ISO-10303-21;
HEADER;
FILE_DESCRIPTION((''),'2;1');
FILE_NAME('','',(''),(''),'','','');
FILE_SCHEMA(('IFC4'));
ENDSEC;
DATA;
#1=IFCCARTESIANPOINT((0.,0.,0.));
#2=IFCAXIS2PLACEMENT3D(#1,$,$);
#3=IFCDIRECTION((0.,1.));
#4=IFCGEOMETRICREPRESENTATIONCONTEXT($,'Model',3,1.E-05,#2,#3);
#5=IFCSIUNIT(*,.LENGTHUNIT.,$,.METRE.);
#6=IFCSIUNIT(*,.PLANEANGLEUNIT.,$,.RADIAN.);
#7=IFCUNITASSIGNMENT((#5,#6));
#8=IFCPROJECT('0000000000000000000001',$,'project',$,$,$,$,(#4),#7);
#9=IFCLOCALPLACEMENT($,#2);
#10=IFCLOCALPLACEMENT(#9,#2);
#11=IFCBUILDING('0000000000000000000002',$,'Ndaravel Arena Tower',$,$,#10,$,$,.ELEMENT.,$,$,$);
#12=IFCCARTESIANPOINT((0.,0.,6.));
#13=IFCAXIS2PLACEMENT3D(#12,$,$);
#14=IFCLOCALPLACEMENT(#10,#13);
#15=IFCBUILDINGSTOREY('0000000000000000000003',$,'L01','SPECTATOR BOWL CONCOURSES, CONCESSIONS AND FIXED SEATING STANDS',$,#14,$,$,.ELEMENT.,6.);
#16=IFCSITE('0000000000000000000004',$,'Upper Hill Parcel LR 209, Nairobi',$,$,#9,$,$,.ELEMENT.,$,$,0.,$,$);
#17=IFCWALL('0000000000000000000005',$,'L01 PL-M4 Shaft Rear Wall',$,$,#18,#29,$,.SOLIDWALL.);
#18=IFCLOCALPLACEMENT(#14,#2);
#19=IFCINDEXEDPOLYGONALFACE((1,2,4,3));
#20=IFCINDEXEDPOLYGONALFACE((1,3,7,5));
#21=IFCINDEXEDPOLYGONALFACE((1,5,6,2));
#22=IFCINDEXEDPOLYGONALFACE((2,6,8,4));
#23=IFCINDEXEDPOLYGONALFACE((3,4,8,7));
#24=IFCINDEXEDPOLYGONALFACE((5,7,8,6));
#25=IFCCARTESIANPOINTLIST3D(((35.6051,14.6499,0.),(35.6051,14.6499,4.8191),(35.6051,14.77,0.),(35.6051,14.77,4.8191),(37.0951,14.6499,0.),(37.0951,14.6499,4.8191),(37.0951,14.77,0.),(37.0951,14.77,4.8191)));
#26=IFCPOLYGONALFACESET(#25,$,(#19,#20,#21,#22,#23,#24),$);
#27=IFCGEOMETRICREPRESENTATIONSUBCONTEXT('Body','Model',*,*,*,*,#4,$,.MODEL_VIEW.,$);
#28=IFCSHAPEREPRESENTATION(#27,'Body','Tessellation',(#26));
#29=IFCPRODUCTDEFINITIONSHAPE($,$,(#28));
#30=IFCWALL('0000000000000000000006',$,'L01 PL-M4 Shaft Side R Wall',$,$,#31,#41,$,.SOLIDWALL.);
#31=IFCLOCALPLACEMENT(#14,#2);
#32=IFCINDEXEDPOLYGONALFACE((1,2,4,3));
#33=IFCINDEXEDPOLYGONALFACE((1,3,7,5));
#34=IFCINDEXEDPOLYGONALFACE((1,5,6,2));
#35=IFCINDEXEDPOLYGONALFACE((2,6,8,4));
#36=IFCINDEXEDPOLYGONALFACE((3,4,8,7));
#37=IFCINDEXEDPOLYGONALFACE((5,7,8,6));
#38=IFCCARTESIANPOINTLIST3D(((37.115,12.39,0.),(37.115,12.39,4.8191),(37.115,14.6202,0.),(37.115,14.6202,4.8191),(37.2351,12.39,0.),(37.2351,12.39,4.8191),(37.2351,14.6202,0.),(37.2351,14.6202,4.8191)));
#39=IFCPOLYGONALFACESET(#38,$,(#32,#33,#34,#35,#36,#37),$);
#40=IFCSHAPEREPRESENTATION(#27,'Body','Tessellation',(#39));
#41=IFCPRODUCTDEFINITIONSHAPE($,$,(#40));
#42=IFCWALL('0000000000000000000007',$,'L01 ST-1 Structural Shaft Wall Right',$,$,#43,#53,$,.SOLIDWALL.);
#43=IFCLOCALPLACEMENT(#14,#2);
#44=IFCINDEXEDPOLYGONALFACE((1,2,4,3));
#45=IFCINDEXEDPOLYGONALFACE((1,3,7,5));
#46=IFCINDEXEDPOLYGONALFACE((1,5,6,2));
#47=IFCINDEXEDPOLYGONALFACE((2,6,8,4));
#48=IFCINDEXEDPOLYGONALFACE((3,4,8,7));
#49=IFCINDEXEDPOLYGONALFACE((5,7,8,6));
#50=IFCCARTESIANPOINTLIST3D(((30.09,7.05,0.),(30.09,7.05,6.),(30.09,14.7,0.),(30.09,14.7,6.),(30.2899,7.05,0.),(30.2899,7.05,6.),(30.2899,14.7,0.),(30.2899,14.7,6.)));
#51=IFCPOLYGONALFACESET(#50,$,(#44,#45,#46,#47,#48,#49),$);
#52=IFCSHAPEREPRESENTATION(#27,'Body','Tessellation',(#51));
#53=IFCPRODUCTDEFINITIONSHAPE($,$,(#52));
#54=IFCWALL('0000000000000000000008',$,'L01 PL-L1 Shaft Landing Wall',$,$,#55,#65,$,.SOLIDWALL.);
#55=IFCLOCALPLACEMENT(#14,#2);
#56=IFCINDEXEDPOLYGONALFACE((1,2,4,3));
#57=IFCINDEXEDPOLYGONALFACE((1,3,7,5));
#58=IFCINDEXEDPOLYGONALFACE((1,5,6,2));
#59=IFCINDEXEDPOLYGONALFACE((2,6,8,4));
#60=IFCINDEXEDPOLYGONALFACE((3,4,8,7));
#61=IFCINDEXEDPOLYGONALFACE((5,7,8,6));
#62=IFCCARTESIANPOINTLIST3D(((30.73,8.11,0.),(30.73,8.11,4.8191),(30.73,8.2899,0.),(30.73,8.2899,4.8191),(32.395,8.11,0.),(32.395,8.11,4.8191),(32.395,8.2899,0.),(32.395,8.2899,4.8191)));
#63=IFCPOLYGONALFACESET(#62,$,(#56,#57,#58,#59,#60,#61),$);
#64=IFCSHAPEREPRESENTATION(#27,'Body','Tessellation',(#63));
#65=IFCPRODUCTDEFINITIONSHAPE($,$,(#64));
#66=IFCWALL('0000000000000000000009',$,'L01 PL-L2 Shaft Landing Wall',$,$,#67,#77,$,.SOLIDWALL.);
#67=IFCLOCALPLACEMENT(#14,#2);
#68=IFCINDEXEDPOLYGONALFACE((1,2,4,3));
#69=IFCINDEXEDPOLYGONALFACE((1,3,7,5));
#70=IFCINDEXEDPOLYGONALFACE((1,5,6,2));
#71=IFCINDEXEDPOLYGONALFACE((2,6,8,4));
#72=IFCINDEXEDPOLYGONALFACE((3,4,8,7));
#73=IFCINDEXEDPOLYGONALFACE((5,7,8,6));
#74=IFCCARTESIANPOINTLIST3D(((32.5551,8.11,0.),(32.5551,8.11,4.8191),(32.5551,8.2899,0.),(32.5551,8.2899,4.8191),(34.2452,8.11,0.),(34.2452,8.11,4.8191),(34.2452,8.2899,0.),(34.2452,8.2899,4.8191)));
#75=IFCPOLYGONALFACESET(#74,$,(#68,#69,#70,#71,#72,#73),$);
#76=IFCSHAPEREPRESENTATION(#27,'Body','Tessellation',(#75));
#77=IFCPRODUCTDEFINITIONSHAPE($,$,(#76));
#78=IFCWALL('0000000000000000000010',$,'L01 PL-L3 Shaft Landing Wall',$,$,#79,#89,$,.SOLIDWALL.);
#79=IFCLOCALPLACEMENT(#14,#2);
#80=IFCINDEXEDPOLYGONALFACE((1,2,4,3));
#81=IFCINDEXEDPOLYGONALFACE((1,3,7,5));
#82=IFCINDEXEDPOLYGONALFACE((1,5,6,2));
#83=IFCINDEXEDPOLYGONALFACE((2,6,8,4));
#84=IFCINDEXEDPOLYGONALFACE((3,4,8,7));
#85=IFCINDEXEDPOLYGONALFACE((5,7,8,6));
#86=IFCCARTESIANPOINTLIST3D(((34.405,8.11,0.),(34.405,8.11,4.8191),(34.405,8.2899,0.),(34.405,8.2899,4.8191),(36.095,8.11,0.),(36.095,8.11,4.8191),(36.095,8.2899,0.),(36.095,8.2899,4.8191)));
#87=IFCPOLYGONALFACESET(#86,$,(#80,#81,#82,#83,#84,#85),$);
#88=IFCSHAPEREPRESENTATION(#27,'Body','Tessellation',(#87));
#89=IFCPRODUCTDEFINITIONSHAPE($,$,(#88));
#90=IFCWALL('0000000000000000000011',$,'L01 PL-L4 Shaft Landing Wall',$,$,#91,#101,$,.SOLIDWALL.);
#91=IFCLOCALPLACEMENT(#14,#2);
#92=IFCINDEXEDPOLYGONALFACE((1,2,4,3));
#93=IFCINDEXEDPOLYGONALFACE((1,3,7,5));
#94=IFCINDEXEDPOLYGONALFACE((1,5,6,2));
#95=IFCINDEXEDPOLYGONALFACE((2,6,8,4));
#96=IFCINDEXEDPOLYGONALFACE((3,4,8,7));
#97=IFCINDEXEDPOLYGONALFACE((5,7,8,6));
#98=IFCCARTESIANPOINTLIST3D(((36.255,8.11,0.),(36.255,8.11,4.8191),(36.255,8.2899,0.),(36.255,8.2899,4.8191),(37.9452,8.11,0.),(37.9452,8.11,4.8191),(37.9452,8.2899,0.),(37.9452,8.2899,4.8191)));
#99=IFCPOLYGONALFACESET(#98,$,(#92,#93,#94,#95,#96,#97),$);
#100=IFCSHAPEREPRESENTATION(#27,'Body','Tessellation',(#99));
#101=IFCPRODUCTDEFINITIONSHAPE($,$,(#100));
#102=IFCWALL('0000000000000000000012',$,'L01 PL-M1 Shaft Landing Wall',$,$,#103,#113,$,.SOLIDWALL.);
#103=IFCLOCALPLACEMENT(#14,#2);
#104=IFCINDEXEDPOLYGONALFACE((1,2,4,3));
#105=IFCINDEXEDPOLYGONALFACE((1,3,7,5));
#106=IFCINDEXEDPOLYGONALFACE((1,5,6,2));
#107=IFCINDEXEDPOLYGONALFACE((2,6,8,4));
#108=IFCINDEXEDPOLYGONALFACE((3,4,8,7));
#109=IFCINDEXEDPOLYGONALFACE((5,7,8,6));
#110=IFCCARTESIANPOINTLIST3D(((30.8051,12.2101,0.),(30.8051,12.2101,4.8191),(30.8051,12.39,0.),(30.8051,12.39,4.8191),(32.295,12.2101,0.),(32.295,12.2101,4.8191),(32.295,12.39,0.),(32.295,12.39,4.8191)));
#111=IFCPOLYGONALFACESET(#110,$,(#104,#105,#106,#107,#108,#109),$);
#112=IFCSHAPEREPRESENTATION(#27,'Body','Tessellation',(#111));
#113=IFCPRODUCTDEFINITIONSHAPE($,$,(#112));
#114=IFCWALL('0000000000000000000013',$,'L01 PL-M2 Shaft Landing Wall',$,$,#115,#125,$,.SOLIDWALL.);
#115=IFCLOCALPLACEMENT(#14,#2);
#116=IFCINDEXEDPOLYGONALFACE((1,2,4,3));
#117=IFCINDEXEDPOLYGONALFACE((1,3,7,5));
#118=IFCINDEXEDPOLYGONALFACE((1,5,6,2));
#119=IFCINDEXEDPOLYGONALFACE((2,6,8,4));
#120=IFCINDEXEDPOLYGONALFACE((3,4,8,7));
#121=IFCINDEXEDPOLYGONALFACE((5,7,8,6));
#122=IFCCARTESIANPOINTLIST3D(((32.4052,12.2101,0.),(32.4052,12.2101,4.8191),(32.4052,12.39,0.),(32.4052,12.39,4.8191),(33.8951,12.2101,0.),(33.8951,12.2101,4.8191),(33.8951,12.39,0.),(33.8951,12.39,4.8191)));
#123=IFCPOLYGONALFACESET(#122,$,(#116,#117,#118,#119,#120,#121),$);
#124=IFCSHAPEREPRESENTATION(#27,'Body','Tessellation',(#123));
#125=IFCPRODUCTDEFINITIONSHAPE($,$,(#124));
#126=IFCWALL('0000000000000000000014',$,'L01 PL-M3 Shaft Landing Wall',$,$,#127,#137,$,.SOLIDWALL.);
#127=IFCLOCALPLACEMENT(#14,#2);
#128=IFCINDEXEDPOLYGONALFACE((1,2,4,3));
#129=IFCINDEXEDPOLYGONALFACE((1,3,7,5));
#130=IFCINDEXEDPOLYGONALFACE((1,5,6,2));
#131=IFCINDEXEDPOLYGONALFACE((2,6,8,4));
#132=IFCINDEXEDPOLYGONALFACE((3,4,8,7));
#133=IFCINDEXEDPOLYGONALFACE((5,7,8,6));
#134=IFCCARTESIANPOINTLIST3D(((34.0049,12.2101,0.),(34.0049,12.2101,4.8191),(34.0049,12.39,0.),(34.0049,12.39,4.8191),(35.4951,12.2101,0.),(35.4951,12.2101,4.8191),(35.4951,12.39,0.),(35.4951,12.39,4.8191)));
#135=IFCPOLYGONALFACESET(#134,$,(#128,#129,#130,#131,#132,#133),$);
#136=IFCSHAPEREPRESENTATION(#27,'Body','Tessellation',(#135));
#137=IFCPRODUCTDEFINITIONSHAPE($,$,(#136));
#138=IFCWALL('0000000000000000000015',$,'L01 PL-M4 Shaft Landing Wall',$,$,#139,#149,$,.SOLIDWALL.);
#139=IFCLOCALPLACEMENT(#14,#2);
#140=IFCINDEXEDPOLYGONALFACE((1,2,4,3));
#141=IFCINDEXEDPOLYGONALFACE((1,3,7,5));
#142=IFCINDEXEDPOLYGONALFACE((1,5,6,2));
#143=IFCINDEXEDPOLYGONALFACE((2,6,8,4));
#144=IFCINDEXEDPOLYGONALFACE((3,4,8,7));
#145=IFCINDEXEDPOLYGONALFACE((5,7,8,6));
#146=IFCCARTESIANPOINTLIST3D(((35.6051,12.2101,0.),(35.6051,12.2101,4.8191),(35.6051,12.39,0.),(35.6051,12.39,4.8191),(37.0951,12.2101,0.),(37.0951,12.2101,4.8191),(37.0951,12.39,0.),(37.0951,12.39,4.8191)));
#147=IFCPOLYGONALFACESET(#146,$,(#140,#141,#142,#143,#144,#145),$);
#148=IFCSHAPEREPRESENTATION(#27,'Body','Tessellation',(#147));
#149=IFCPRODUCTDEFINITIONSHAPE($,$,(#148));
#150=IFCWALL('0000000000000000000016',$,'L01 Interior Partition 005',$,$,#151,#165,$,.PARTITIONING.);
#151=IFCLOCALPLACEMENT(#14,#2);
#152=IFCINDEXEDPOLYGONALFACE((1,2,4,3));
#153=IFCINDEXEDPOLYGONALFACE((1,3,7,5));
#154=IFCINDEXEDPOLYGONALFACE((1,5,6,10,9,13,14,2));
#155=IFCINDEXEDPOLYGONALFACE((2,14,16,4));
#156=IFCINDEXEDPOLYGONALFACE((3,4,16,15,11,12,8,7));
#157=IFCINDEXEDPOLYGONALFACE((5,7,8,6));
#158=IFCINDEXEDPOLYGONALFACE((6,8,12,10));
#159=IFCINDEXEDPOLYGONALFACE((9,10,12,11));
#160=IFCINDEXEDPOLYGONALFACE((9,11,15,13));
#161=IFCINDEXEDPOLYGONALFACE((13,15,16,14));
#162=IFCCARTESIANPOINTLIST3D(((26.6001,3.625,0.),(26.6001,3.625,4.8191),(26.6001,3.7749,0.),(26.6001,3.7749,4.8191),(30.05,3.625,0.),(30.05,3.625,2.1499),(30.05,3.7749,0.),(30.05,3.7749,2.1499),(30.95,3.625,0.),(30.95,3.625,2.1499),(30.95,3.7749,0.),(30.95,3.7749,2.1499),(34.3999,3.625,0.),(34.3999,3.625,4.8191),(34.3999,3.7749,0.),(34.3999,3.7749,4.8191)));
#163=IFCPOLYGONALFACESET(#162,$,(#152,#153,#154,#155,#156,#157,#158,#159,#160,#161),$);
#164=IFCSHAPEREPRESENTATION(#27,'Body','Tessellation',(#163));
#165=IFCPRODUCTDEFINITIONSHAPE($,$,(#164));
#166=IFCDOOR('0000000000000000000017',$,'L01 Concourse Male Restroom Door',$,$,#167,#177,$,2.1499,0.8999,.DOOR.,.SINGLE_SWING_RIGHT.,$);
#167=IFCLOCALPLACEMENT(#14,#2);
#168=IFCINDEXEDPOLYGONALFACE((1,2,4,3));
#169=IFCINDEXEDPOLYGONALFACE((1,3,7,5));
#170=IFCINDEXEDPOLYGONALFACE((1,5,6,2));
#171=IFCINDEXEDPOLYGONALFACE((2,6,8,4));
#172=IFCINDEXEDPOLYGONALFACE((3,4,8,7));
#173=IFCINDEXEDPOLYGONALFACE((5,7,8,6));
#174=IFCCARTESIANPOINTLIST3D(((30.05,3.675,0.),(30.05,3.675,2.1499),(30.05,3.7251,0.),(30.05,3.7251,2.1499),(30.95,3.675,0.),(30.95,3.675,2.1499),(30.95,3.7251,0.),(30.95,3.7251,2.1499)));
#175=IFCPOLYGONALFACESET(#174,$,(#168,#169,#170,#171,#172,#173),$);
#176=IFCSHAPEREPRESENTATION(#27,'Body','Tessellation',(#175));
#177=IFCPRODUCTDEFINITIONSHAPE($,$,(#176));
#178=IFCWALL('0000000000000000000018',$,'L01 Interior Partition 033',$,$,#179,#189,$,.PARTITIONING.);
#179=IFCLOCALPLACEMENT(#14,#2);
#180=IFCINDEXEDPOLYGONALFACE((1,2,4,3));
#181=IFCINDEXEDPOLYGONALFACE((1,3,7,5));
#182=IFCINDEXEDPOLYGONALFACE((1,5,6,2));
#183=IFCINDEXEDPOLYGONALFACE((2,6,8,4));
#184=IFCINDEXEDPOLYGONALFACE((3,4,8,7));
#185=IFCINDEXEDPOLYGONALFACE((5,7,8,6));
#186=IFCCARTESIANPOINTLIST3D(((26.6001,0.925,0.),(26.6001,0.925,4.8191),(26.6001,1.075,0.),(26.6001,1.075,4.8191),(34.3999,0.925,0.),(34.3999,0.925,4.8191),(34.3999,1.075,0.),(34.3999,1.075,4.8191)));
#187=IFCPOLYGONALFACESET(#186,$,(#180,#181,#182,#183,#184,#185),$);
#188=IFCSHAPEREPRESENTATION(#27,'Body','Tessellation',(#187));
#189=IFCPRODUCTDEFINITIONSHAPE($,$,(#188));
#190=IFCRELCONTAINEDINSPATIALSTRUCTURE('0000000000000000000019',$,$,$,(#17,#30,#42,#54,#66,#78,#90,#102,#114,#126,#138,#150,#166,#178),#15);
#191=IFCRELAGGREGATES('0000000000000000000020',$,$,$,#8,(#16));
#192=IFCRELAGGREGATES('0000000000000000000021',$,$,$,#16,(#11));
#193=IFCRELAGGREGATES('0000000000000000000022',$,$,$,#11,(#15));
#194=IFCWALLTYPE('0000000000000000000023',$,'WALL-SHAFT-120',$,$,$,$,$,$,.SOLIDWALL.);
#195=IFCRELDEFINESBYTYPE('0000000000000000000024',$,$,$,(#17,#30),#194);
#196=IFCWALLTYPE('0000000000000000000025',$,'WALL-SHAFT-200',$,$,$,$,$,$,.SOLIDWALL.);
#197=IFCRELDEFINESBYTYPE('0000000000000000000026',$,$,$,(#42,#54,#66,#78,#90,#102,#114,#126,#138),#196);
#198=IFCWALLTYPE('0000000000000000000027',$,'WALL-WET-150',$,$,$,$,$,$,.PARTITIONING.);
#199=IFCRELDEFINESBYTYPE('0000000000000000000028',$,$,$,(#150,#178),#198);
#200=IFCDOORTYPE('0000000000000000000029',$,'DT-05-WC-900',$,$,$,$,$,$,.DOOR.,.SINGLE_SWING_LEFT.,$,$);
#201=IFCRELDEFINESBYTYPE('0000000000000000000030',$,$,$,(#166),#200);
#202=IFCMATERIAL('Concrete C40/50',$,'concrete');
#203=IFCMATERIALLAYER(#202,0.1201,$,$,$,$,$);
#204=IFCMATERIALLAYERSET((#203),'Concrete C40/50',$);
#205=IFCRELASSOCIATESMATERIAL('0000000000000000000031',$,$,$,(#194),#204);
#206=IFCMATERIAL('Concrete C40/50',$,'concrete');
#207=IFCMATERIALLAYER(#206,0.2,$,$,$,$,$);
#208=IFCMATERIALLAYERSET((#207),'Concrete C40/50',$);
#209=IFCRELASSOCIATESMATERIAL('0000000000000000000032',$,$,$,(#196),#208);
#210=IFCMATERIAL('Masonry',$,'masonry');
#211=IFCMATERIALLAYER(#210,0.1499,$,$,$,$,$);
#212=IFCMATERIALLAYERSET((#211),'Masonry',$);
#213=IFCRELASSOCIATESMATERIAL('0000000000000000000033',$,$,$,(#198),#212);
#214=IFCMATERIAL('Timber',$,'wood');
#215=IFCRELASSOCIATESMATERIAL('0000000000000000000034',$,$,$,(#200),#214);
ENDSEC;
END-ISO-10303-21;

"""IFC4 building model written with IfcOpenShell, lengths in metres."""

from ifc_helpers import new_model, si_unit, direction, frame, frame_2d, origin, place, context, subcontext, project, spatial, rectangle, extrude, material, layer, layer_set, type_object, element, fill, save


model = new_model("IFC4")

# Units and contexts
model_context = context("Model", 3, precision=1e-05, world=origin(), true_north=direction((0.0, 1.0)))
body_context = subcontext(model_context, "Body", "Model", "MODEL_VIEW")
ifc_project = project(units=[si_unit("LENGTHUNIT", "METRE"), si_unit("PLANEANGLEUNIT", "RADIAN")], contexts=[model_context])

# Site, building, storey
site_placement = place(None, origin())
site = spatial("IfcSite", under=ifc_project, at=site_placement, Name="Upper Hill Parcel LR 209, Nairobi", CompositionType="ELEMENT", RefElevation=0.0)
building_placement = place(site_placement, origin())
building = spatial("IfcBuilding", under=site, at=building_placement, Name="Ndaravel Arena Tower", CompositionType="ELEMENT")
storey_placement = place(building_placement, frame((0.0, 0.0, 6.0)))
storey = spatial("IfcBuildingStorey", under=building, at=storey_placement, Name="L01", Description="SPECTATOR BOWL CONCOURSES, CONCESSIONS AND FIXED SEATING STANDS", CompositionType="ELEMENT", Elevation=6.0)

# Walls
ifc_material_1 = material(Name="Concrete C40/50", Category="concrete")
ifc_layer_1 = layer(ifc_material_1, 0.1201)
ifc_layer_set_1 = layer_set([ifc_layer_1], Name="Concrete C40/50")
wall_type_1 = type_object("IfcWallType", Name="WALL-SHAFT-120", PredefinedType="SOLIDWALL", material=ifc_layer_set_1)
wall_1_placement = place(storey_placement, frame((35.605, 14.71, 0.0), z_axis=(0.0, 0.0, 1.0), x_axis=(1.0, 0.0, 0.0)))
element("IfcWall", 1, at=wall_1_placement, inside=storey, type_object=wall_type_1, Name="L01 PL-M4 Shaft Rear Wall", PredefinedType="SOLIDWALL", context=body_context, shape_type="SweptSolid", body=[
    extrude(rectangle(XDim=1.49, YDim=0.1201, at=frame_2d((0.7451, 0.0))), origin(), (0.0, 0.0, 1.0), 4.8191),
])
wall_2_placement = place(storey_placement, frame((37.175, 12.3899, 0.0), z_axis=(0.0, 0.0, 1.0), x_axis=(0.0, 1.0, 0.0)))
element("IfcWall", 2, at=wall_2_placement, inside=storey, type_object=wall_type_1, Name="L01 PL-M4 Shaft Side R Wall", PredefinedType="SOLIDWALL", context=body_context, shape_type="SweptSolid", body=[
    extrude(rectangle(XDim=2.2302, YDim=0.1201, at=frame_2d((1.1152, 0.0))), origin(), (0.0, 0.0, 1.0), 4.8191),
])
ifc_material_2 = material(Name="Concrete C40/50", Category="concrete")
ifc_layer_2 = layer(ifc_material_2, 0.2)
ifc_layer_set_2 = layer_set([ifc_layer_2], Name="Concrete C40/50")
wall_type_2 = type_object("IfcWallType", Name="WALL-SHAFT-200", PredefinedType="SOLIDWALL", material=ifc_layer_set_2)
wall_3_placement = place(storey_placement, frame((30.1899, 14.7, 0.0), z_axis=(0.0, 0.0, 1.0), x_axis=(0.0, -1.0, 0.0)))
element("IfcWall", 3, at=wall_3_placement, inside=storey, type_object=wall_type_2, Name="L01 ST-1 Structural Shaft Wall Right", PredefinedType="SOLIDWALL", context=body_context, shape_type="SweptSolid", body=[
    extrude(rectangle(XDim=7.6499, YDim=0.2, at=frame_2d((3.825, 0.0))), origin(), (0.0, 0.0, 1.0), 6.0),
])
wall_4_placement = place(storey_placement, frame((30.73, 8.2, 0.0), z_axis=(0.0, 0.0, 1.0), x_axis=(1.0, 0.0, 0.0)))
element("IfcWall", 4, at=wall_4_placement, inside=storey, type_object=wall_type_2, Name="L01 PL-L1 Shaft Landing Wall", PredefinedType="SOLIDWALL", context=body_context, shape_type="SweptSolid", body=[
    extrude(rectangle(XDim=1.665, YDim=0.1799, at=frame_2d((0.8325, 0.0))), origin(), (0.0, 0.0, 1.0), 4.8191),
])
wall_5_placement = place(storey_placement, frame((32.5549, 8.2, 0.0), z_axis=(0.0, 0.0, 1.0), x_axis=(1.0, 0.0, 0.0)))
element("IfcWall", 5, at=wall_5_placement, inside=storey, type_object=wall_type_2, Name="L01 PL-L2 Shaft Landing Wall", PredefinedType="SOLIDWALL", context=body_context, shape_type="SweptSolid", body=[
    extrude(rectangle(XDim=1.6902, YDim=0.1799, at=frame_2d((0.8452, 0.0))), origin(), (0.0, 0.0, 1.0), 4.8191),
])
wall_6_placement = place(storey_placement, frame((34.405, 8.2, 0.0), z_axis=(0.0, 0.0, 1.0), x_axis=(1.0, 0.0, 0.0)))
element("IfcWall", 6, at=wall_6_placement, inside=storey, type_object=wall_type_2, Name="L01 PL-L3 Shaft Landing Wall", PredefinedType="SOLIDWALL", context=body_context, shape_type="SweptSolid", body=[
    extrude(rectangle(XDim=1.6899, YDim=0.1799, at=frame_2d((0.845, 0.0))), origin(), (0.0, 0.0, 1.0), 4.8191),
])
wall_7_placement = place(storey_placement, frame((36.2549, 8.2, 0.0), z_axis=(0.0, 0.0, 1.0), x_axis=(1.0, 0.0, 0.0)))
element("IfcWall", 7, at=wall_7_placement, inside=storey, type_object=wall_type_2, Name="L01 PL-L4 Shaft Landing Wall", PredefinedType="SOLIDWALL", context=body_context, shape_type="SweptSolid", body=[
    extrude(rectangle(XDim=1.6902, YDim=0.1799, at=frame_2d((0.8452, 0.0))), origin(), (0.0, 0.0, 1.0), 4.8191),
])
for number, where, z_axis, x_axis, name in (
    (8, (30.8049, 12.3, 0.0), (0.0, 0.0, 1.0), (1.0, 0.0, 0.0), "L01 PL-M1 Shaft Landing Wall"),
    (9, (32.405, 12.3, 0.0), (0.0, 0.0, 1.0), (1.0, 0.0, 0.0), "L01 PL-M2 Shaft Landing Wall"),
):
    element("IfcWall", number, at=place(storey_placement, frame(where, z_axis=z_axis, x_axis=x_axis)), inside=storey, type_object=wall_type_2, Name=name, PredefinedType="SOLIDWALL", context=body_context, shape_type="SweptSolid", body=[
        extrude(rectangle(XDim=1.49, YDim=0.1799, at=frame_2d((0.7451, 0.0))), origin(), (0.0, 0.0, 1.0), 4.8191),
    ])
wall_8_placement = place(storey_placement, frame((34.0049, 12.3, 0.0), z_axis=(0.0, 0.0, 1.0), x_axis=(1.0, 0.0, 0.0)))
element("IfcWall", 10, at=wall_8_placement, inside=storey, type_object=wall_type_2, Name="L01 PL-M3 Shaft Landing Wall", PredefinedType="SOLIDWALL", context=body_context, shape_type="SweptSolid", body=[
    extrude(rectangle(XDim=1.4902, YDim=0.1799, at=frame_2d((0.7451, 0.0))), origin(), (0.0, 0.0, 1.0), 4.8191),
])
wall_9_placement = place(storey_placement, frame((35.605, 12.3, 0.0), z_axis=(0.0, 0.0, 1.0), x_axis=(1.0, 0.0, 0.0)))
element("IfcWall", 11, at=wall_9_placement, inside=storey, type_object=wall_type_2, Name="L01 PL-M4 Shaft Landing Wall", PredefinedType="SOLIDWALL", context=body_context, shape_type="SweptSolid", body=[
    extrude(rectangle(XDim=1.49, YDim=0.1799, at=frame_2d((0.7451, 0.0))), origin(), (0.0, 0.0, 1.0), 4.8191),
])

# Wall, opening, door
ifc_material_3 = material(Name="Masonry", Category="masonry")
ifc_layer_3 = layer(ifc_material_3, 0.1499)
ifc_layer_set_3 = layer_set([ifc_layer_3], Name="Masonry")
wall_type_3 = type_object("IfcWallType", Name="WALL-WET-150", PredefinedType="PARTITIONING", material=ifc_layer_set_3)
wall_10_placement = place(storey_placement, frame((34.3999, 3.7, 0.0), z_axis=(0.0, 0.0, 1.0), x_axis=(-1.0, 0.0, 0.0)))
wall_10 = element("IfcWall", 12, at=wall_10_placement, inside=storey, type_object=wall_type_3, Name="L01 Interior Partition 005", PredefinedType="PARTITIONING", context=body_context, shape_type="SweptSolid", body=[
    extrude(rectangle(XDim=7.7998, YDim=0.1499, at=frame_2d((3.8999, 0.0))), origin(), (0.0, 0.0, 1.0), 4.8191),
])
opening_placement = place(wall_10_placement, frame((3.45, 0.0, 0.0)))
opening = element("IfcOpeningElement", 13, at=opening_placement, cuts=wall_10, PredefinedType="OPENING", context=body_context, shape_type="SweptSolid", body=[
    extrude(rectangle(XDim=0.8999, YDim=2.1499, at=frame_2d((0.45, 1.075))), frame((0.0, 0.075, 0.0), z_axis=(0.0, -1.0, 0.0), x_axis=(1.0, 0.0, 0.0)), (0.0, 0.0, 1.0), 0.1499),
])
ifc_material_4 = material(Name="Timber", Category="wood")
door_type = type_object("IfcDoorType", Name="DT-05-WC-900", OperationType="SINGLE_SWING_LEFT", PredefinedType="DOOR", material=ifc_material_4)
door_placement = place(opening_placement, origin())
door = element("IfcDoor", 14, at=door_placement, inside=storey, type_object=door_type, Name="L01 Concourse Male Restroom Door", OperationType="SINGLE_SWING_RIGHT", OverallHeight=2.1499, OverallWidth=0.8999, PredefinedType="DOOR", context=body_context, shape_type="SweptSolid", body=[
    extrude(rectangle(XDim=0.8999, YDim=2.1499, at=frame_2d((0.45, 1.075))), frame((0.0, 0.0249, 0.0), z_axis=(0.0, -1.0, 0.0), x_axis=(1.0, 0.0, 0.0)), (0.0, 0.0, 1.0), 0.05),
])
fill(opening, door)

# Wall
wall_11_placement = place(storey_placement, frame((34.3999, 1.0, 0.0), z_axis=(0.0, 0.0, 1.0), x_axis=(-1.0, 0.0, 0.0)))
element("IfcWall", 15, at=wall_11_placement, inside=storey, type_object=wall_type_3, Name="L01 Interior Partition 033", PredefinedType="PARTITIONING", context=body_context, shape_type="SweptSolid", body=[
    extrude(rectangle(XDim=7.7998, YDim=0.1499, at=frame_2d((3.8999, 0.0))), origin(), (0.0, 0.0, 1.0), 4.8191),
])

save(model, "model.ifc")
